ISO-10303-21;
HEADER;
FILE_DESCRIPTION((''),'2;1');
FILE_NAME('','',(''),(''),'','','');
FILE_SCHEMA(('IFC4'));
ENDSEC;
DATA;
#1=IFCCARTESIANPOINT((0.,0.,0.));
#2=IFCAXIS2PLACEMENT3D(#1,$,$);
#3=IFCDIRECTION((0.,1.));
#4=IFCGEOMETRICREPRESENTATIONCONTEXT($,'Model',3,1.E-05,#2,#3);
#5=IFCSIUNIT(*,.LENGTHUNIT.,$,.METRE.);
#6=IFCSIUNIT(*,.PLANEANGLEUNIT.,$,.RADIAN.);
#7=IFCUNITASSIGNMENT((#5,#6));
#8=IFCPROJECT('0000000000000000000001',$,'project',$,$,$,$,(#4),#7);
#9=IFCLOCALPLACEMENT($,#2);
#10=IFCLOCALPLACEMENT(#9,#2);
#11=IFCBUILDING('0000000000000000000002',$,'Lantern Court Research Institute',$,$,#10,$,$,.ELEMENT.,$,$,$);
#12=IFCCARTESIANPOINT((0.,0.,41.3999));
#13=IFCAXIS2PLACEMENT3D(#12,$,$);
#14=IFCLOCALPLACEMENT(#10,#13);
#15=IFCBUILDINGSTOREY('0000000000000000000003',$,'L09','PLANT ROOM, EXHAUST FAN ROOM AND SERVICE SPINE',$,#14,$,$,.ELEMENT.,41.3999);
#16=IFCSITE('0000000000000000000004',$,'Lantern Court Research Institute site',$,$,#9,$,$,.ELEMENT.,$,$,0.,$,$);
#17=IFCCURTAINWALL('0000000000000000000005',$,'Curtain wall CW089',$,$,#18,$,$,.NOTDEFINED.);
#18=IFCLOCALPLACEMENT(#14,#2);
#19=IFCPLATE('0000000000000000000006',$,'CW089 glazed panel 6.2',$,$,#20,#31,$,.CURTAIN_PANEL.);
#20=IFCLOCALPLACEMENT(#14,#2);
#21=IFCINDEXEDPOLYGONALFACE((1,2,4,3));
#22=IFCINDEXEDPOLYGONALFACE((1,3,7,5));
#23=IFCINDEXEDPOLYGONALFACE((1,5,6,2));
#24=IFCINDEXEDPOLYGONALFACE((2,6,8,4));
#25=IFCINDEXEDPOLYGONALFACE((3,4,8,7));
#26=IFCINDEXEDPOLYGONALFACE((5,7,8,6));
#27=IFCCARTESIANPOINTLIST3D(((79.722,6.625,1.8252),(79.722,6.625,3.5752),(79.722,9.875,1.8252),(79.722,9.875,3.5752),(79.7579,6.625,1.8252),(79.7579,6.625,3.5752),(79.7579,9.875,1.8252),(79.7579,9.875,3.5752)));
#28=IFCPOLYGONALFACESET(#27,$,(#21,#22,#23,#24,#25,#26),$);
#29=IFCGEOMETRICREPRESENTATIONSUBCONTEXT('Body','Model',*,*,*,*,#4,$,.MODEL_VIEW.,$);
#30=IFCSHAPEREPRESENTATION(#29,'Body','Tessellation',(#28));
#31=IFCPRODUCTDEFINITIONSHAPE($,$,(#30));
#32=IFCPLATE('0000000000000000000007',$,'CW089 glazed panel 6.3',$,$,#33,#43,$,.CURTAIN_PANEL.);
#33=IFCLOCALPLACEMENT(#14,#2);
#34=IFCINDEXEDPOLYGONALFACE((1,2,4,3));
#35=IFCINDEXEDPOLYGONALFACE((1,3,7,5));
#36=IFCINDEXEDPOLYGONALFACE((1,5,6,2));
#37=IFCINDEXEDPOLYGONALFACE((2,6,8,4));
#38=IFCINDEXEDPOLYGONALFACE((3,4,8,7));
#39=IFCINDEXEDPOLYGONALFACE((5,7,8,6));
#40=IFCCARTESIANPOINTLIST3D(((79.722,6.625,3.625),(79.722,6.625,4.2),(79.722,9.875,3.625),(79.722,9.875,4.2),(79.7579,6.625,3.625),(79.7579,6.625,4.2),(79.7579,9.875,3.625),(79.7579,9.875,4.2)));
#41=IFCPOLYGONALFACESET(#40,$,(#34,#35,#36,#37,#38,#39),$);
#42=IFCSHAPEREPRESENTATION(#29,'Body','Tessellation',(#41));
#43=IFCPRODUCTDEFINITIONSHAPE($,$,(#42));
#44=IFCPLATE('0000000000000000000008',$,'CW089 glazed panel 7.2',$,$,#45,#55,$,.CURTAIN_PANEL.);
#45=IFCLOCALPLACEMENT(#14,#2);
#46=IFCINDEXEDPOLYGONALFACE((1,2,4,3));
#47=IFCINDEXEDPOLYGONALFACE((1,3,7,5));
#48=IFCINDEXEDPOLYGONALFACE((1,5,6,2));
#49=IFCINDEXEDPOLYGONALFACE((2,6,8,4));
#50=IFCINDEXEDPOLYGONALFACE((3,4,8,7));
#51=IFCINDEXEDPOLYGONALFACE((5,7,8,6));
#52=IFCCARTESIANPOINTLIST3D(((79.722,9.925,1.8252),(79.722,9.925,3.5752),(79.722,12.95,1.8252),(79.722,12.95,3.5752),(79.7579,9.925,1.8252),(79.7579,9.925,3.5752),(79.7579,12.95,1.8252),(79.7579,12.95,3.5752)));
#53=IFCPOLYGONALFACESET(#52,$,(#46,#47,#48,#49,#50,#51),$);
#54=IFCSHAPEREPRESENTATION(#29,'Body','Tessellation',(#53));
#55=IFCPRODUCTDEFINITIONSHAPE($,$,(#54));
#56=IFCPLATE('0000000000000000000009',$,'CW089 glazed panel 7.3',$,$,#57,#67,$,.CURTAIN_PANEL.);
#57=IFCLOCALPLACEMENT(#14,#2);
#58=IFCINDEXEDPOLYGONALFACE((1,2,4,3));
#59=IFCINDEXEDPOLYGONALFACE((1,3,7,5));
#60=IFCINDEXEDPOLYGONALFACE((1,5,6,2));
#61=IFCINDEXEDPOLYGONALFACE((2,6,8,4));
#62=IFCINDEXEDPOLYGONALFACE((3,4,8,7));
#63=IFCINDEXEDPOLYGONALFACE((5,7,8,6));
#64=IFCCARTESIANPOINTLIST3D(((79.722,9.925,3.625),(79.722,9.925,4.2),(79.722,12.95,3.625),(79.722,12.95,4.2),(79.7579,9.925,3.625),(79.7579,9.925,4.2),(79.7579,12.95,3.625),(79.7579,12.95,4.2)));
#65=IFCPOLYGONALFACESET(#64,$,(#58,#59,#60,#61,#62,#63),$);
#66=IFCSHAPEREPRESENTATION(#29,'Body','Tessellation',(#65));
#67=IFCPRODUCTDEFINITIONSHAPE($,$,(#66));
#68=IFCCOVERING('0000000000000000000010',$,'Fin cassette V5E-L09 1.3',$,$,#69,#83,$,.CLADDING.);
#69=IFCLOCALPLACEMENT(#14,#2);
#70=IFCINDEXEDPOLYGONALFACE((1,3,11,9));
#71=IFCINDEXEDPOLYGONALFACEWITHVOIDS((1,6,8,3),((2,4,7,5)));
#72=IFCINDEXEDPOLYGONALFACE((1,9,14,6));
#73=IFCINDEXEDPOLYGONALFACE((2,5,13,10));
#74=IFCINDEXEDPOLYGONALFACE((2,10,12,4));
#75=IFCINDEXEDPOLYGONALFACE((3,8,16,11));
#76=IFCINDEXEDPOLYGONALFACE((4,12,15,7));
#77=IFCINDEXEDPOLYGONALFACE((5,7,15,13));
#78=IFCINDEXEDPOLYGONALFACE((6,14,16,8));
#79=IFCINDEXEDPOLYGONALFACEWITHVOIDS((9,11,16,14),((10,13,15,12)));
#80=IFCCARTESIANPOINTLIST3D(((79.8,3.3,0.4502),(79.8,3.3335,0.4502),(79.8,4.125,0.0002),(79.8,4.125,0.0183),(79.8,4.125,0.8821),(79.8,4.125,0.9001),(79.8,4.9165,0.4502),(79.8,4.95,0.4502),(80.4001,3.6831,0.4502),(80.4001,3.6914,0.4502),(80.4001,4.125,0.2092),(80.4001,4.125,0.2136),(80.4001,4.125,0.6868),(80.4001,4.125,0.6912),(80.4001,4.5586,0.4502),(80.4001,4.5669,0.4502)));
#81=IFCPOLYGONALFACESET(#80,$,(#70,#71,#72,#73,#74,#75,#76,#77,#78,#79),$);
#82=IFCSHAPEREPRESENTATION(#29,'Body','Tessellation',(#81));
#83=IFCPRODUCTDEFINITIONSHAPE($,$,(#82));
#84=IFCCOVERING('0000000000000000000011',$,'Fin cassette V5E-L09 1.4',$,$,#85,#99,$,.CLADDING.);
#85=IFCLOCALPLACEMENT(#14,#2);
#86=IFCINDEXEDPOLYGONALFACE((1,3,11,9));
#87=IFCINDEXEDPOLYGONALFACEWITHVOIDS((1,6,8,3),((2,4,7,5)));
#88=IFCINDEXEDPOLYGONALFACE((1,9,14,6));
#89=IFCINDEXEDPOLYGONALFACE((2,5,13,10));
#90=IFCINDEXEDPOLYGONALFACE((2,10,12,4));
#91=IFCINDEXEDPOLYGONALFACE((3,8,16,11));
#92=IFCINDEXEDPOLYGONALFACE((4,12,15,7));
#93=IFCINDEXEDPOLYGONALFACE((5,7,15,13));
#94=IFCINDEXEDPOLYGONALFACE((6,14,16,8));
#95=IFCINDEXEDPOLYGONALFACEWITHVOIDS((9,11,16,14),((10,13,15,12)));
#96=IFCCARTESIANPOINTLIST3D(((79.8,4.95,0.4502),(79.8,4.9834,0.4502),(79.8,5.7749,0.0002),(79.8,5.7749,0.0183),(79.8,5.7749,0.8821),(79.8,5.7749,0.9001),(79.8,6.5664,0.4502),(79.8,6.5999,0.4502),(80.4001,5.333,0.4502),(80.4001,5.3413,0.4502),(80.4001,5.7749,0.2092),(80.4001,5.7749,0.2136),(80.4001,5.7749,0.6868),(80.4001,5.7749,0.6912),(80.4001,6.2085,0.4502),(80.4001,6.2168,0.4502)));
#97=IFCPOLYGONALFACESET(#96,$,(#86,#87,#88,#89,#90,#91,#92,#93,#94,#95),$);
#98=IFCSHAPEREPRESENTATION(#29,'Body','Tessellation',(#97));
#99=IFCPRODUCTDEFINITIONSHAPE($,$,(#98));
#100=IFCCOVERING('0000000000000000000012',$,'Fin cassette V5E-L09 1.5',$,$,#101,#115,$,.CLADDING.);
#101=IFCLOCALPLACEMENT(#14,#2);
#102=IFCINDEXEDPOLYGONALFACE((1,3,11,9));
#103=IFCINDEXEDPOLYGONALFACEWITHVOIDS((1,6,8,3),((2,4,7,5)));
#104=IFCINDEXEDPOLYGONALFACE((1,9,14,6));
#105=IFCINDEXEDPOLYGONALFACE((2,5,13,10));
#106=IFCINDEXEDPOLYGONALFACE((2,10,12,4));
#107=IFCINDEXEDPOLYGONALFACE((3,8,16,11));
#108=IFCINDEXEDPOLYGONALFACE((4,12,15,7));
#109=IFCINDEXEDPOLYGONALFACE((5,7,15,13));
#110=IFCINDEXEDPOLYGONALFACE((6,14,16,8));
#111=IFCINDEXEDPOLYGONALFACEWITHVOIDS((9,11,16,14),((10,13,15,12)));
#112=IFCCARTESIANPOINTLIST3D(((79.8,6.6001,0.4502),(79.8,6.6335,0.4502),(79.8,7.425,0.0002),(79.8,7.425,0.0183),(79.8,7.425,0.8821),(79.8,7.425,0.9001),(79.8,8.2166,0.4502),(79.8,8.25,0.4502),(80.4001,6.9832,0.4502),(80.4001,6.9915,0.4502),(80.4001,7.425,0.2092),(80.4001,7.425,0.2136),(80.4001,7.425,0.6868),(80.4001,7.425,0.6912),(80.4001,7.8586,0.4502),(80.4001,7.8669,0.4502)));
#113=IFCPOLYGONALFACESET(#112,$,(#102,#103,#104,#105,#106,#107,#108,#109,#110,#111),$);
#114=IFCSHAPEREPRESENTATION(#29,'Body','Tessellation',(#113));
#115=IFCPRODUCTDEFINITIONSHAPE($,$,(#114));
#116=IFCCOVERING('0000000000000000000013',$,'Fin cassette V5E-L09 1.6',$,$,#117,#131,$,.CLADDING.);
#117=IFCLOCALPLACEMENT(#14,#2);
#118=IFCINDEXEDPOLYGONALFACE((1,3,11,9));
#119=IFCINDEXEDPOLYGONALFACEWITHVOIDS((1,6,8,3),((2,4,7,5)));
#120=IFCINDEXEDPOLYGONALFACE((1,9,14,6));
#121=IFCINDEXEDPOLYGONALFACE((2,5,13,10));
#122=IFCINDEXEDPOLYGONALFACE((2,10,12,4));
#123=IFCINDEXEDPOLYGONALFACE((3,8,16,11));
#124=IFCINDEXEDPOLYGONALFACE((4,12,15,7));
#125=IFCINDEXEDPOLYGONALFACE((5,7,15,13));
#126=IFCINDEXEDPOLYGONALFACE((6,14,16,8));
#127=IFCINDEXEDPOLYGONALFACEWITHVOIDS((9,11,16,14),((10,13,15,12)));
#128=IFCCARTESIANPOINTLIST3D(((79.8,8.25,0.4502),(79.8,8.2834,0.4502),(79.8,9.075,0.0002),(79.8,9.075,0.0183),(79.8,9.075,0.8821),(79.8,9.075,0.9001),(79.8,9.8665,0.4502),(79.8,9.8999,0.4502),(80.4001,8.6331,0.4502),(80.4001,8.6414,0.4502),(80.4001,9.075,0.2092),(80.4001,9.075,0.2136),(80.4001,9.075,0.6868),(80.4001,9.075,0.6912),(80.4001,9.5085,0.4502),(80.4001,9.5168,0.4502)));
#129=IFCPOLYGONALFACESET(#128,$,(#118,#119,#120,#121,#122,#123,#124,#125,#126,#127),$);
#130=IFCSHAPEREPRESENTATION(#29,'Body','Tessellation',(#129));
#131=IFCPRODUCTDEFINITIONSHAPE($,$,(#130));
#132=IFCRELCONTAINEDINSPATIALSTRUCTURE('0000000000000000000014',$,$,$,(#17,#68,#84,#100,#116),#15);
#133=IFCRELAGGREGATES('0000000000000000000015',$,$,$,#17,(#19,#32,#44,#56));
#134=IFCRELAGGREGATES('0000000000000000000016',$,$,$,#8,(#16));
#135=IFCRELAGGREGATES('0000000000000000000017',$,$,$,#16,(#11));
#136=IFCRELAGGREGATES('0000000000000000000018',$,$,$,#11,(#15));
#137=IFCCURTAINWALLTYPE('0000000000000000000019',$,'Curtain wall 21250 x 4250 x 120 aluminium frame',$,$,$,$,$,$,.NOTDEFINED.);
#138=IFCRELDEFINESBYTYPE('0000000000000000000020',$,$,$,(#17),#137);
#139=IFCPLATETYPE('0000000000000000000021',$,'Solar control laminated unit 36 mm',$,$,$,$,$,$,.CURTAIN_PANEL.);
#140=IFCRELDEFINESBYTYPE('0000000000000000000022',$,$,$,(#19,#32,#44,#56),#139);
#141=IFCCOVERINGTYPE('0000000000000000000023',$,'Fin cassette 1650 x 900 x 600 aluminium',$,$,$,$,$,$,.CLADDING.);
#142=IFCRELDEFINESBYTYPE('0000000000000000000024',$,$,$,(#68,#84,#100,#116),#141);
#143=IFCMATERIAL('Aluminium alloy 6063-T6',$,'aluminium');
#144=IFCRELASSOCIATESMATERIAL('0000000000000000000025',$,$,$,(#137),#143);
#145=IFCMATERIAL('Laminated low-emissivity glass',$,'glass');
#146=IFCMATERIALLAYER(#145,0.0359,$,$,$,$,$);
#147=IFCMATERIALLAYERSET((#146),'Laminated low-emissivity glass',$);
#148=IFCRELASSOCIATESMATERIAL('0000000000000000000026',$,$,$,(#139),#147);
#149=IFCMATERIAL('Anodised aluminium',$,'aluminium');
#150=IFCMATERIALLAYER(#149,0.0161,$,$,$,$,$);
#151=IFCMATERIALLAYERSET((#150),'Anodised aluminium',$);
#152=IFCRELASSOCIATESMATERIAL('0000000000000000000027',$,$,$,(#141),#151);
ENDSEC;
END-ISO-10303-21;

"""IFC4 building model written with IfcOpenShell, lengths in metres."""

from ifc_helpers import new_model, entity, si_unit, direction, frame, origin, origin_2d, place, context, subcontext, project, spatial, rectangle, extrude, material, layer, layer_set, type_object, element, aggregate, save


model = new_model("IFC4")

# Units and contexts
model_context = context("Model", 3, precision=1e-05, world=origin(), true_north=direction((0.0, 1.0)))
body_context = subcontext(model_context, "Body", "Model", "MODEL_VIEW")
ifc_project = project(units=[si_unit("LENGTHUNIT", "METRE"), si_unit("PLANEANGLEUNIT", "RADIAN")], contexts=[model_context])

# Site, building, storey
site_placement = place(None, origin())
site = spatial("IfcSite", under=ifc_project, at=site_placement, Name="Lantern Court Research Institute site", CompositionType="ELEMENT", RefElevation=0.0)
building_placement = place(site_placement, origin())
building = spatial("IfcBuilding", under=site, at=building_placement, Name="Lantern Court Research Institute", CompositionType="ELEMENT")
storey_placement = place(building_placement, frame((0.0, 0.0, 41.3999)))
storey = spatial("IfcBuildingStorey", under=building, at=storey_placement, Name="L09", Description="PLANT ROOM, EXHAUST FAN ROOM AND SERVICE SPINE", CompositionType="ELEMENT", Elevation=41.3999)

# Curtain wall, plates
ifc_material_1 = material(Name="Aluminium alloy 6063-T6", Category="aluminium")
curtain_wall_type = type_object("IfcCurtainWallType", Name="Curtain wall 21250 x 4250 x 120 aluminium frame", PredefinedType="NOTDEFINED", material=ifc_material_1)
curtain_wall_placement = place(storey_placement, origin())
curtain_wall = element("IfcCurtainWall", 1, at=curtain_wall_placement, inside=storey, type_object=curtain_wall_type, Name="Curtain wall CW089", PredefinedType="NOTDEFINED")
ifc_material_2 = material(Name="Laminated low-emissivity glass", Category="glass")
ifc_layer_1 = layer(ifc_material_2, 0.0359)
ifc_layer_set_1 = layer_set([ifc_layer_1], Name="Laminated low-emissivity glass")
plate_type_1 = type_object("IfcPlateType", Name="Solar control laminated unit 36 mm", PredefinedType="CURTAIN_PANEL", material=ifc_layer_set_1)
plate_1_placement = place(storey_placement, frame((79.74, 8.25, 1.8252), z_axis=(0.0, 0.0, 1.0), x_axis=(0.0, -1.0, 0.0)))
plate_1 = element("IfcPlate", 2, at=plate_1_placement, type_object=plate_type_1, Name="CW089 glazed panel 6.2", PredefinedType="CURTAIN_PANEL", context=body_context, shape_type="SweptSolid", body=[
    extrude(rectangle(XDim=3.25, YDim=0.0359, at=origin_2d()), origin(), (0.0, 0.0, 1.0), 1.75),
])
plate_2_placement = place(storey_placement, frame((79.74, 8.25, 3.625), z_axis=(0.0, 0.0, 1.0), x_axis=(0.0, -1.0, 0.0)))
plate_2 = element("IfcPlate", 3, at=plate_2_placement, type_object=plate_type_1, Name="CW089 glazed panel 6.3", PredefinedType="CURTAIN_PANEL", context=body_context, shape_type="SweptSolid", body=[
    extrude(rectangle(XDim=3.25, YDim=0.0359, at=origin_2d()), origin(), (0.0, 0.0, 1.0), 0.575),
])
plate_3_placement = place(storey_placement, frame((79.74, 11.4375, 1.8252), z_axis=(0.0, 0.0, 1.0), x_axis=(0.0, -1.0, 0.0)))
plate_3 = element("IfcPlate", 4, at=plate_3_placement, type_object=plate_type_1, Name="CW089 glazed panel 7.2", PredefinedType="CURTAIN_PANEL", context=body_context, shape_type="SweptSolid", body=[
    extrude(rectangle(XDim=3.0249, YDim=0.0359, at=origin_2d()), origin(), (0.0, 0.0, 1.0), 1.75),
])
plate_4_placement = place(storey_placement, frame((79.74, 11.4375, 3.625), z_axis=(0.0, 0.0, 1.0), x_axis=(0.0, -1.0, 0.0)))
plate_4 = element("IfcPlate", 5, at=plate_4_placement, type_object=plate_type_1, Name="CW089 glazed panel 7.3", PredefinedType="CURTAIN_PANEL", context=body_context, shape_type="SweptSolid", body=[
    extrude(rectangle(XDim=3.0249, YDim=0.0359, at=origin_2d()), origin(), (0.0, 0.0, 1.0), 0.575),
])
aggregate(curtain_wall, [plate_1, plate_2, plate_3, plate_4])

# Coverings
ifc_material_3 = material(Name="Anodised aluminium", Category="aluminium")
ifc_layer_2 = layer(ifc_material_3, 0.0161)
ifc_layer_set_2 = layer_set([ifc_layer_2], Name="Anodised aluminium")
covering_type = type_object("IfcCoveringType", Name="Fin cassette 1650 x 900 x 600 aluminium", PredefinedType="CLADDING", material=ifc_layer_set_2)
covering_1_placement = place(storey_placement, frame((79.8, 4.125, 0.4502), z_axis=(1.0, 0.0, 0.0), x_axis=(0.0, 1.0, 0.0)))
cartesian_point_1 = entity("IfcCartesianPoint", [0.825, 0.0])
cartesian_point_2 = entity("IfcCartesianPoint", [0.7915, 0.0])
cartesian_point_3 = entity("IfcCartesianPoint", [0.4419, 0.0])
cartesian_point_4 = entity("IfcCartesianPoint", [0.4336, 0.0])
element("IfcCovering", 6, at=covering_1_placement, inside=storey, type_object=covering_type, Name="Fin cassette V5E-L09 1.3", PredefinedType="CLADDING", context=body_context, shape_type="SweptSolid", body=[
    entity("IfcExtrudedAreaSolidTapered", entity("IfcArbitraryProfileDefWithVoids", "AREA", None, entity("IfcPolyline", [cartesian_point_1, entity("IfcCartesianPoint", [0.0, 0.45]), entity("IfcCartesianPoint", [-0.825, 0.0]), entity("IfcCartesianPoint", [0.0, -0.45]), cartesian_point_1]), [entity("IfcPolyline", [cartesian_point_2, entity("IfcCartesianPoint", [0.0, 0.4319]), entity("IfcCartesianPoint", [-0.7915, 0.0]), entity("IfcCartesianPoint", [0.0, -0.4319]), cartesian_point_2])]), entity("IfcAxis2Placement3D", entity("IfcCartesianPoint", [0.0, 0.0, 0.0])), entity("IfcDirection", [0.0, 0.0, 1.0]), 0.6001, entity("IfcArbitraryProfileDefWithVoids", "AREA", None, entity("IfcPolyline", [cartesian_point_3, entity("IfcCartesianPoint", [0.0, 0.241]), entity("IfcCartesianPoint", [-0.4419, 0.0]), entity("IfcCartesianPoint", [0.0, -0.241]), cartesian_point_3]), [entity("IfcPolyline", [cartesian_point_4, entity("IfcCartesianPoint", [0.0, 0.2366]), entity("IfcCartesianPoint", [-0.4336, 0.0]), entity("IfcCartesianPoint", [0.0, -0.2366]), cartesian_point_4])])),
])
covering_2_placement = place(storey_placement, frame((79.8, 5.7749, 0.4502), z_axis=(1.0, 0.0, 0.0), x_axis=(0.0, 1.0, 0.0)))
cartesian_point_5 = entity("IfcCartesianPoint", [0.825, 0.0])
cartesian_point_6 = entity("IfcCartesianPoint", [0.7915, 0.0])
cartesian_point_7 = entity("IfcCartesianPoint", [0.4419, 0.0])
cartesian_point_8 = entity("IfcCartesianPoint", [0.4336, 0.0])
element("IfcCovering", 7, at=covering_2_placement, inside=storey, type_object=covering_type, Name="Fin cassette V5E-L09 1.4", PredefinedType="CLADDING", context=body_context, shape_type="SweptSolid", body=[
    entity("IfcExtrudedAreaSolidTapered", entity("IfcArbitraryProfileDefWithVoids", "AREA", None, entity("IfcPolyline", [cartesian_point_5, entity("IfcCartesianPoint", [0.0, 0.45]), entity("IfcCartesianPoint", [-0.825, 0.0]), entity("IfcCartesianPoint", [0.0, -0.45]), cartesian_point_5]), [entity("IfcPolyline", [cartesian_point_6, entity("IfcCartesianPoint", [0.0, 0.4319]), entity("IfcCartesianPoint", [-0.7915, 0.0]), entity("IfcCartesianPoint", [0.0, -0.4319]), cartesian_point_6])]), entity("IfcAxis2Placement3D", entity("IfcCartesianPoint", [0.0, 0.0, 0.0])), entity("IfcDirection", [0.0, 0.0, 1.0]), 0.6001, entity("IfcArbitraryProfileDefWithVoids", "AREA", None, entity("IfcPolyline", [cartesian_point_7, entity("IfcCartesianPoint", [0.0, 0.241]), entity("IfcCartesianPoint", [-0.4419, 0.0]), entity("IfcCartesianPoint", [0.0, -0.241]), cartesian_point_7]), [entity("IfcPolyline", [cartesian_point_8, entity("IfcCartesianPoint", [0.0, 0.2366]), entity("IfcCartesianPoint", [-0.4336, 0.0]), entity("IfcCartesianPoint", [0.0, -0.2366]), cartesian_point_8])])),
])
covering_3_placement = place(storey_placement, frame((79.8, 7.425, 0.4502), z_axis=(1.0, 0.0, 0.0), x_axis=(0.0, 1.0, 0.0)))
cartesian_point_9 = entity("IfcCartesianPoint", [0.825, 0.0])
cartesian_point_10 = entity("IfcCartesianPoint", [0.7915, 0.0])
cartesian_point_11 = entity("IfcCartesianPoint", [0.4419, 0.0])
cartesian_point_12 = entity("IfcCartesianPoint", [0.4336, 0.0])
element("IfcCovering", 8, at=covering_3_placement, inside=storey, type_object=covering_type, Name="Fin cassette V5E-L09 1.5", PredefinedType="CLADDING", context=body_context, shape_type="SweptSolid", body=[
    entity("IfcExtrudedAreaSolidTapered", entity("IfcArbitraryProfileDefWithVoids", "AREA", None, entity("IfcPolyline", [cartesian_point_9, entity("IfcCartesianPoint", [0.0, 0.45]), entity("IfcCartesianPoint", [-0.825, 0.0]), entity("IfcCartesianPoint", [0.0, -0.45]), cartesian_point_9]), [entity("IfcPolyline", [cartesian_point_10, entity("IfcCartesianPoint", [0.0, 0.4319]), entity("IfcCartesianPoint", [-0.7915, 0.0]), entity("IfcCartesianPoint", [0.0, -0.4319]), cartesian_point_10])]), entity("IfcAxis2Placement3D", entity("IfcCartesianPoint", [0.0, 0.0, 0.0])), entity("IfcDirection", [0.0, 0.0, 1.0]), 0.6001, entity("IfcArbitraryProfileDefWithVoids", "AREA", None, entity("IfcPolyline", [cartesian_point_11, entity("IfcCartesianPoint", [0.0, 0.241]), entity("IfcCartesianPoint", [-0.4419, 0.0]), entity("IfcCartesianPoint", [0.0, -0.241]), cartesian_point_11]), [entity("IfcPolyline", [cartesian_point_12, entity("IfcCartesianPoint", [0.0, 0.2366]), entity("IfcCartesianPoint", [-0.4336, 0.0]), entity("IfcCartesianPoint", [0.0, -0.2366]), cartesian_point_12])])),
])
covering_4_placement = place(storey_placement, frame((79.8, 9.075, 0.4502), z_axis=(1.0, 0.0, 0.0), x_axis=(0.0, 1.0, 0.0)))
cartesian_point_13 = entity("IfcCartesianPoint", [0.825, 0.0])
cartesian_point_14 = entity("IfcCartesianPoint", [0.7915, 0.0])
cartesian_point_15 = entity("IfcCartesianPoint", [0.4419, 0.0])
cartesian_point_16 = entity("IfcCartesianPoint", [0.4336, 0.0])
element("IfcCovering", 9, at=covering_4_placement, inside=storey, type_object=covering_type, Name="Fin cassette V5E-L09 1.6", PredefinedType="CLADDING", context=body_context, shape_type="SweptSolid", body=[
    entity("IfcExtrudedAreaSolidTapered", entity("IfcArbitraryProfileDefWithVoids", "AREA", None, entity("IfcPolyline", [cartesian_point_13, entity("IfcCartesianPoint", [0.0, 0.45]), entity("IfcCartesianPoint", [-0.825, 0.0]), entity("IfcCartesianPoint", [0.0, -0.45]), cartesian_point_13]), [entity("IfcPolyline", [cartesian_point_14, entity("IfcCartesianPoint", [0.0, 0.4319]), entity("IfcCartesianPoint", [-0.7915, 0.0]), entity("IfcCartesianPoint", [0.0, -0.4319]), cartesian_point_14])]), entity("IfcAxis2Placement3D", entity("IfcCartesianPoint", [0.0, 0.0, 0.0])), entity("IfcDirection", [0.0, 0.0, 1.0]), 0.6001, entity("IfcArbitraryProfileDefWithVoids", "AREA", None, entity("IfcPolyline", [cartesian_point_15, entity("IfcCartesianPoint", [0.0, 0.241]), entity("IfcCartesianPoint", [-0.4419, 0.0]), entity("IfcCartesianPoint", [0.0, -0.241]), cartesian_point_15]), [entity("IfcPolyline", [cartesian_point_16, entity("IfcCartesianPoint", [0.0, 0.2366]), entity("IfcCartesianPoint", [-0.4336, 0.0]), entity("IfcCartesianPoint", [0.0, -0.2366]), cartesian_point_16])])),
])

save(model, "model.ifc")
